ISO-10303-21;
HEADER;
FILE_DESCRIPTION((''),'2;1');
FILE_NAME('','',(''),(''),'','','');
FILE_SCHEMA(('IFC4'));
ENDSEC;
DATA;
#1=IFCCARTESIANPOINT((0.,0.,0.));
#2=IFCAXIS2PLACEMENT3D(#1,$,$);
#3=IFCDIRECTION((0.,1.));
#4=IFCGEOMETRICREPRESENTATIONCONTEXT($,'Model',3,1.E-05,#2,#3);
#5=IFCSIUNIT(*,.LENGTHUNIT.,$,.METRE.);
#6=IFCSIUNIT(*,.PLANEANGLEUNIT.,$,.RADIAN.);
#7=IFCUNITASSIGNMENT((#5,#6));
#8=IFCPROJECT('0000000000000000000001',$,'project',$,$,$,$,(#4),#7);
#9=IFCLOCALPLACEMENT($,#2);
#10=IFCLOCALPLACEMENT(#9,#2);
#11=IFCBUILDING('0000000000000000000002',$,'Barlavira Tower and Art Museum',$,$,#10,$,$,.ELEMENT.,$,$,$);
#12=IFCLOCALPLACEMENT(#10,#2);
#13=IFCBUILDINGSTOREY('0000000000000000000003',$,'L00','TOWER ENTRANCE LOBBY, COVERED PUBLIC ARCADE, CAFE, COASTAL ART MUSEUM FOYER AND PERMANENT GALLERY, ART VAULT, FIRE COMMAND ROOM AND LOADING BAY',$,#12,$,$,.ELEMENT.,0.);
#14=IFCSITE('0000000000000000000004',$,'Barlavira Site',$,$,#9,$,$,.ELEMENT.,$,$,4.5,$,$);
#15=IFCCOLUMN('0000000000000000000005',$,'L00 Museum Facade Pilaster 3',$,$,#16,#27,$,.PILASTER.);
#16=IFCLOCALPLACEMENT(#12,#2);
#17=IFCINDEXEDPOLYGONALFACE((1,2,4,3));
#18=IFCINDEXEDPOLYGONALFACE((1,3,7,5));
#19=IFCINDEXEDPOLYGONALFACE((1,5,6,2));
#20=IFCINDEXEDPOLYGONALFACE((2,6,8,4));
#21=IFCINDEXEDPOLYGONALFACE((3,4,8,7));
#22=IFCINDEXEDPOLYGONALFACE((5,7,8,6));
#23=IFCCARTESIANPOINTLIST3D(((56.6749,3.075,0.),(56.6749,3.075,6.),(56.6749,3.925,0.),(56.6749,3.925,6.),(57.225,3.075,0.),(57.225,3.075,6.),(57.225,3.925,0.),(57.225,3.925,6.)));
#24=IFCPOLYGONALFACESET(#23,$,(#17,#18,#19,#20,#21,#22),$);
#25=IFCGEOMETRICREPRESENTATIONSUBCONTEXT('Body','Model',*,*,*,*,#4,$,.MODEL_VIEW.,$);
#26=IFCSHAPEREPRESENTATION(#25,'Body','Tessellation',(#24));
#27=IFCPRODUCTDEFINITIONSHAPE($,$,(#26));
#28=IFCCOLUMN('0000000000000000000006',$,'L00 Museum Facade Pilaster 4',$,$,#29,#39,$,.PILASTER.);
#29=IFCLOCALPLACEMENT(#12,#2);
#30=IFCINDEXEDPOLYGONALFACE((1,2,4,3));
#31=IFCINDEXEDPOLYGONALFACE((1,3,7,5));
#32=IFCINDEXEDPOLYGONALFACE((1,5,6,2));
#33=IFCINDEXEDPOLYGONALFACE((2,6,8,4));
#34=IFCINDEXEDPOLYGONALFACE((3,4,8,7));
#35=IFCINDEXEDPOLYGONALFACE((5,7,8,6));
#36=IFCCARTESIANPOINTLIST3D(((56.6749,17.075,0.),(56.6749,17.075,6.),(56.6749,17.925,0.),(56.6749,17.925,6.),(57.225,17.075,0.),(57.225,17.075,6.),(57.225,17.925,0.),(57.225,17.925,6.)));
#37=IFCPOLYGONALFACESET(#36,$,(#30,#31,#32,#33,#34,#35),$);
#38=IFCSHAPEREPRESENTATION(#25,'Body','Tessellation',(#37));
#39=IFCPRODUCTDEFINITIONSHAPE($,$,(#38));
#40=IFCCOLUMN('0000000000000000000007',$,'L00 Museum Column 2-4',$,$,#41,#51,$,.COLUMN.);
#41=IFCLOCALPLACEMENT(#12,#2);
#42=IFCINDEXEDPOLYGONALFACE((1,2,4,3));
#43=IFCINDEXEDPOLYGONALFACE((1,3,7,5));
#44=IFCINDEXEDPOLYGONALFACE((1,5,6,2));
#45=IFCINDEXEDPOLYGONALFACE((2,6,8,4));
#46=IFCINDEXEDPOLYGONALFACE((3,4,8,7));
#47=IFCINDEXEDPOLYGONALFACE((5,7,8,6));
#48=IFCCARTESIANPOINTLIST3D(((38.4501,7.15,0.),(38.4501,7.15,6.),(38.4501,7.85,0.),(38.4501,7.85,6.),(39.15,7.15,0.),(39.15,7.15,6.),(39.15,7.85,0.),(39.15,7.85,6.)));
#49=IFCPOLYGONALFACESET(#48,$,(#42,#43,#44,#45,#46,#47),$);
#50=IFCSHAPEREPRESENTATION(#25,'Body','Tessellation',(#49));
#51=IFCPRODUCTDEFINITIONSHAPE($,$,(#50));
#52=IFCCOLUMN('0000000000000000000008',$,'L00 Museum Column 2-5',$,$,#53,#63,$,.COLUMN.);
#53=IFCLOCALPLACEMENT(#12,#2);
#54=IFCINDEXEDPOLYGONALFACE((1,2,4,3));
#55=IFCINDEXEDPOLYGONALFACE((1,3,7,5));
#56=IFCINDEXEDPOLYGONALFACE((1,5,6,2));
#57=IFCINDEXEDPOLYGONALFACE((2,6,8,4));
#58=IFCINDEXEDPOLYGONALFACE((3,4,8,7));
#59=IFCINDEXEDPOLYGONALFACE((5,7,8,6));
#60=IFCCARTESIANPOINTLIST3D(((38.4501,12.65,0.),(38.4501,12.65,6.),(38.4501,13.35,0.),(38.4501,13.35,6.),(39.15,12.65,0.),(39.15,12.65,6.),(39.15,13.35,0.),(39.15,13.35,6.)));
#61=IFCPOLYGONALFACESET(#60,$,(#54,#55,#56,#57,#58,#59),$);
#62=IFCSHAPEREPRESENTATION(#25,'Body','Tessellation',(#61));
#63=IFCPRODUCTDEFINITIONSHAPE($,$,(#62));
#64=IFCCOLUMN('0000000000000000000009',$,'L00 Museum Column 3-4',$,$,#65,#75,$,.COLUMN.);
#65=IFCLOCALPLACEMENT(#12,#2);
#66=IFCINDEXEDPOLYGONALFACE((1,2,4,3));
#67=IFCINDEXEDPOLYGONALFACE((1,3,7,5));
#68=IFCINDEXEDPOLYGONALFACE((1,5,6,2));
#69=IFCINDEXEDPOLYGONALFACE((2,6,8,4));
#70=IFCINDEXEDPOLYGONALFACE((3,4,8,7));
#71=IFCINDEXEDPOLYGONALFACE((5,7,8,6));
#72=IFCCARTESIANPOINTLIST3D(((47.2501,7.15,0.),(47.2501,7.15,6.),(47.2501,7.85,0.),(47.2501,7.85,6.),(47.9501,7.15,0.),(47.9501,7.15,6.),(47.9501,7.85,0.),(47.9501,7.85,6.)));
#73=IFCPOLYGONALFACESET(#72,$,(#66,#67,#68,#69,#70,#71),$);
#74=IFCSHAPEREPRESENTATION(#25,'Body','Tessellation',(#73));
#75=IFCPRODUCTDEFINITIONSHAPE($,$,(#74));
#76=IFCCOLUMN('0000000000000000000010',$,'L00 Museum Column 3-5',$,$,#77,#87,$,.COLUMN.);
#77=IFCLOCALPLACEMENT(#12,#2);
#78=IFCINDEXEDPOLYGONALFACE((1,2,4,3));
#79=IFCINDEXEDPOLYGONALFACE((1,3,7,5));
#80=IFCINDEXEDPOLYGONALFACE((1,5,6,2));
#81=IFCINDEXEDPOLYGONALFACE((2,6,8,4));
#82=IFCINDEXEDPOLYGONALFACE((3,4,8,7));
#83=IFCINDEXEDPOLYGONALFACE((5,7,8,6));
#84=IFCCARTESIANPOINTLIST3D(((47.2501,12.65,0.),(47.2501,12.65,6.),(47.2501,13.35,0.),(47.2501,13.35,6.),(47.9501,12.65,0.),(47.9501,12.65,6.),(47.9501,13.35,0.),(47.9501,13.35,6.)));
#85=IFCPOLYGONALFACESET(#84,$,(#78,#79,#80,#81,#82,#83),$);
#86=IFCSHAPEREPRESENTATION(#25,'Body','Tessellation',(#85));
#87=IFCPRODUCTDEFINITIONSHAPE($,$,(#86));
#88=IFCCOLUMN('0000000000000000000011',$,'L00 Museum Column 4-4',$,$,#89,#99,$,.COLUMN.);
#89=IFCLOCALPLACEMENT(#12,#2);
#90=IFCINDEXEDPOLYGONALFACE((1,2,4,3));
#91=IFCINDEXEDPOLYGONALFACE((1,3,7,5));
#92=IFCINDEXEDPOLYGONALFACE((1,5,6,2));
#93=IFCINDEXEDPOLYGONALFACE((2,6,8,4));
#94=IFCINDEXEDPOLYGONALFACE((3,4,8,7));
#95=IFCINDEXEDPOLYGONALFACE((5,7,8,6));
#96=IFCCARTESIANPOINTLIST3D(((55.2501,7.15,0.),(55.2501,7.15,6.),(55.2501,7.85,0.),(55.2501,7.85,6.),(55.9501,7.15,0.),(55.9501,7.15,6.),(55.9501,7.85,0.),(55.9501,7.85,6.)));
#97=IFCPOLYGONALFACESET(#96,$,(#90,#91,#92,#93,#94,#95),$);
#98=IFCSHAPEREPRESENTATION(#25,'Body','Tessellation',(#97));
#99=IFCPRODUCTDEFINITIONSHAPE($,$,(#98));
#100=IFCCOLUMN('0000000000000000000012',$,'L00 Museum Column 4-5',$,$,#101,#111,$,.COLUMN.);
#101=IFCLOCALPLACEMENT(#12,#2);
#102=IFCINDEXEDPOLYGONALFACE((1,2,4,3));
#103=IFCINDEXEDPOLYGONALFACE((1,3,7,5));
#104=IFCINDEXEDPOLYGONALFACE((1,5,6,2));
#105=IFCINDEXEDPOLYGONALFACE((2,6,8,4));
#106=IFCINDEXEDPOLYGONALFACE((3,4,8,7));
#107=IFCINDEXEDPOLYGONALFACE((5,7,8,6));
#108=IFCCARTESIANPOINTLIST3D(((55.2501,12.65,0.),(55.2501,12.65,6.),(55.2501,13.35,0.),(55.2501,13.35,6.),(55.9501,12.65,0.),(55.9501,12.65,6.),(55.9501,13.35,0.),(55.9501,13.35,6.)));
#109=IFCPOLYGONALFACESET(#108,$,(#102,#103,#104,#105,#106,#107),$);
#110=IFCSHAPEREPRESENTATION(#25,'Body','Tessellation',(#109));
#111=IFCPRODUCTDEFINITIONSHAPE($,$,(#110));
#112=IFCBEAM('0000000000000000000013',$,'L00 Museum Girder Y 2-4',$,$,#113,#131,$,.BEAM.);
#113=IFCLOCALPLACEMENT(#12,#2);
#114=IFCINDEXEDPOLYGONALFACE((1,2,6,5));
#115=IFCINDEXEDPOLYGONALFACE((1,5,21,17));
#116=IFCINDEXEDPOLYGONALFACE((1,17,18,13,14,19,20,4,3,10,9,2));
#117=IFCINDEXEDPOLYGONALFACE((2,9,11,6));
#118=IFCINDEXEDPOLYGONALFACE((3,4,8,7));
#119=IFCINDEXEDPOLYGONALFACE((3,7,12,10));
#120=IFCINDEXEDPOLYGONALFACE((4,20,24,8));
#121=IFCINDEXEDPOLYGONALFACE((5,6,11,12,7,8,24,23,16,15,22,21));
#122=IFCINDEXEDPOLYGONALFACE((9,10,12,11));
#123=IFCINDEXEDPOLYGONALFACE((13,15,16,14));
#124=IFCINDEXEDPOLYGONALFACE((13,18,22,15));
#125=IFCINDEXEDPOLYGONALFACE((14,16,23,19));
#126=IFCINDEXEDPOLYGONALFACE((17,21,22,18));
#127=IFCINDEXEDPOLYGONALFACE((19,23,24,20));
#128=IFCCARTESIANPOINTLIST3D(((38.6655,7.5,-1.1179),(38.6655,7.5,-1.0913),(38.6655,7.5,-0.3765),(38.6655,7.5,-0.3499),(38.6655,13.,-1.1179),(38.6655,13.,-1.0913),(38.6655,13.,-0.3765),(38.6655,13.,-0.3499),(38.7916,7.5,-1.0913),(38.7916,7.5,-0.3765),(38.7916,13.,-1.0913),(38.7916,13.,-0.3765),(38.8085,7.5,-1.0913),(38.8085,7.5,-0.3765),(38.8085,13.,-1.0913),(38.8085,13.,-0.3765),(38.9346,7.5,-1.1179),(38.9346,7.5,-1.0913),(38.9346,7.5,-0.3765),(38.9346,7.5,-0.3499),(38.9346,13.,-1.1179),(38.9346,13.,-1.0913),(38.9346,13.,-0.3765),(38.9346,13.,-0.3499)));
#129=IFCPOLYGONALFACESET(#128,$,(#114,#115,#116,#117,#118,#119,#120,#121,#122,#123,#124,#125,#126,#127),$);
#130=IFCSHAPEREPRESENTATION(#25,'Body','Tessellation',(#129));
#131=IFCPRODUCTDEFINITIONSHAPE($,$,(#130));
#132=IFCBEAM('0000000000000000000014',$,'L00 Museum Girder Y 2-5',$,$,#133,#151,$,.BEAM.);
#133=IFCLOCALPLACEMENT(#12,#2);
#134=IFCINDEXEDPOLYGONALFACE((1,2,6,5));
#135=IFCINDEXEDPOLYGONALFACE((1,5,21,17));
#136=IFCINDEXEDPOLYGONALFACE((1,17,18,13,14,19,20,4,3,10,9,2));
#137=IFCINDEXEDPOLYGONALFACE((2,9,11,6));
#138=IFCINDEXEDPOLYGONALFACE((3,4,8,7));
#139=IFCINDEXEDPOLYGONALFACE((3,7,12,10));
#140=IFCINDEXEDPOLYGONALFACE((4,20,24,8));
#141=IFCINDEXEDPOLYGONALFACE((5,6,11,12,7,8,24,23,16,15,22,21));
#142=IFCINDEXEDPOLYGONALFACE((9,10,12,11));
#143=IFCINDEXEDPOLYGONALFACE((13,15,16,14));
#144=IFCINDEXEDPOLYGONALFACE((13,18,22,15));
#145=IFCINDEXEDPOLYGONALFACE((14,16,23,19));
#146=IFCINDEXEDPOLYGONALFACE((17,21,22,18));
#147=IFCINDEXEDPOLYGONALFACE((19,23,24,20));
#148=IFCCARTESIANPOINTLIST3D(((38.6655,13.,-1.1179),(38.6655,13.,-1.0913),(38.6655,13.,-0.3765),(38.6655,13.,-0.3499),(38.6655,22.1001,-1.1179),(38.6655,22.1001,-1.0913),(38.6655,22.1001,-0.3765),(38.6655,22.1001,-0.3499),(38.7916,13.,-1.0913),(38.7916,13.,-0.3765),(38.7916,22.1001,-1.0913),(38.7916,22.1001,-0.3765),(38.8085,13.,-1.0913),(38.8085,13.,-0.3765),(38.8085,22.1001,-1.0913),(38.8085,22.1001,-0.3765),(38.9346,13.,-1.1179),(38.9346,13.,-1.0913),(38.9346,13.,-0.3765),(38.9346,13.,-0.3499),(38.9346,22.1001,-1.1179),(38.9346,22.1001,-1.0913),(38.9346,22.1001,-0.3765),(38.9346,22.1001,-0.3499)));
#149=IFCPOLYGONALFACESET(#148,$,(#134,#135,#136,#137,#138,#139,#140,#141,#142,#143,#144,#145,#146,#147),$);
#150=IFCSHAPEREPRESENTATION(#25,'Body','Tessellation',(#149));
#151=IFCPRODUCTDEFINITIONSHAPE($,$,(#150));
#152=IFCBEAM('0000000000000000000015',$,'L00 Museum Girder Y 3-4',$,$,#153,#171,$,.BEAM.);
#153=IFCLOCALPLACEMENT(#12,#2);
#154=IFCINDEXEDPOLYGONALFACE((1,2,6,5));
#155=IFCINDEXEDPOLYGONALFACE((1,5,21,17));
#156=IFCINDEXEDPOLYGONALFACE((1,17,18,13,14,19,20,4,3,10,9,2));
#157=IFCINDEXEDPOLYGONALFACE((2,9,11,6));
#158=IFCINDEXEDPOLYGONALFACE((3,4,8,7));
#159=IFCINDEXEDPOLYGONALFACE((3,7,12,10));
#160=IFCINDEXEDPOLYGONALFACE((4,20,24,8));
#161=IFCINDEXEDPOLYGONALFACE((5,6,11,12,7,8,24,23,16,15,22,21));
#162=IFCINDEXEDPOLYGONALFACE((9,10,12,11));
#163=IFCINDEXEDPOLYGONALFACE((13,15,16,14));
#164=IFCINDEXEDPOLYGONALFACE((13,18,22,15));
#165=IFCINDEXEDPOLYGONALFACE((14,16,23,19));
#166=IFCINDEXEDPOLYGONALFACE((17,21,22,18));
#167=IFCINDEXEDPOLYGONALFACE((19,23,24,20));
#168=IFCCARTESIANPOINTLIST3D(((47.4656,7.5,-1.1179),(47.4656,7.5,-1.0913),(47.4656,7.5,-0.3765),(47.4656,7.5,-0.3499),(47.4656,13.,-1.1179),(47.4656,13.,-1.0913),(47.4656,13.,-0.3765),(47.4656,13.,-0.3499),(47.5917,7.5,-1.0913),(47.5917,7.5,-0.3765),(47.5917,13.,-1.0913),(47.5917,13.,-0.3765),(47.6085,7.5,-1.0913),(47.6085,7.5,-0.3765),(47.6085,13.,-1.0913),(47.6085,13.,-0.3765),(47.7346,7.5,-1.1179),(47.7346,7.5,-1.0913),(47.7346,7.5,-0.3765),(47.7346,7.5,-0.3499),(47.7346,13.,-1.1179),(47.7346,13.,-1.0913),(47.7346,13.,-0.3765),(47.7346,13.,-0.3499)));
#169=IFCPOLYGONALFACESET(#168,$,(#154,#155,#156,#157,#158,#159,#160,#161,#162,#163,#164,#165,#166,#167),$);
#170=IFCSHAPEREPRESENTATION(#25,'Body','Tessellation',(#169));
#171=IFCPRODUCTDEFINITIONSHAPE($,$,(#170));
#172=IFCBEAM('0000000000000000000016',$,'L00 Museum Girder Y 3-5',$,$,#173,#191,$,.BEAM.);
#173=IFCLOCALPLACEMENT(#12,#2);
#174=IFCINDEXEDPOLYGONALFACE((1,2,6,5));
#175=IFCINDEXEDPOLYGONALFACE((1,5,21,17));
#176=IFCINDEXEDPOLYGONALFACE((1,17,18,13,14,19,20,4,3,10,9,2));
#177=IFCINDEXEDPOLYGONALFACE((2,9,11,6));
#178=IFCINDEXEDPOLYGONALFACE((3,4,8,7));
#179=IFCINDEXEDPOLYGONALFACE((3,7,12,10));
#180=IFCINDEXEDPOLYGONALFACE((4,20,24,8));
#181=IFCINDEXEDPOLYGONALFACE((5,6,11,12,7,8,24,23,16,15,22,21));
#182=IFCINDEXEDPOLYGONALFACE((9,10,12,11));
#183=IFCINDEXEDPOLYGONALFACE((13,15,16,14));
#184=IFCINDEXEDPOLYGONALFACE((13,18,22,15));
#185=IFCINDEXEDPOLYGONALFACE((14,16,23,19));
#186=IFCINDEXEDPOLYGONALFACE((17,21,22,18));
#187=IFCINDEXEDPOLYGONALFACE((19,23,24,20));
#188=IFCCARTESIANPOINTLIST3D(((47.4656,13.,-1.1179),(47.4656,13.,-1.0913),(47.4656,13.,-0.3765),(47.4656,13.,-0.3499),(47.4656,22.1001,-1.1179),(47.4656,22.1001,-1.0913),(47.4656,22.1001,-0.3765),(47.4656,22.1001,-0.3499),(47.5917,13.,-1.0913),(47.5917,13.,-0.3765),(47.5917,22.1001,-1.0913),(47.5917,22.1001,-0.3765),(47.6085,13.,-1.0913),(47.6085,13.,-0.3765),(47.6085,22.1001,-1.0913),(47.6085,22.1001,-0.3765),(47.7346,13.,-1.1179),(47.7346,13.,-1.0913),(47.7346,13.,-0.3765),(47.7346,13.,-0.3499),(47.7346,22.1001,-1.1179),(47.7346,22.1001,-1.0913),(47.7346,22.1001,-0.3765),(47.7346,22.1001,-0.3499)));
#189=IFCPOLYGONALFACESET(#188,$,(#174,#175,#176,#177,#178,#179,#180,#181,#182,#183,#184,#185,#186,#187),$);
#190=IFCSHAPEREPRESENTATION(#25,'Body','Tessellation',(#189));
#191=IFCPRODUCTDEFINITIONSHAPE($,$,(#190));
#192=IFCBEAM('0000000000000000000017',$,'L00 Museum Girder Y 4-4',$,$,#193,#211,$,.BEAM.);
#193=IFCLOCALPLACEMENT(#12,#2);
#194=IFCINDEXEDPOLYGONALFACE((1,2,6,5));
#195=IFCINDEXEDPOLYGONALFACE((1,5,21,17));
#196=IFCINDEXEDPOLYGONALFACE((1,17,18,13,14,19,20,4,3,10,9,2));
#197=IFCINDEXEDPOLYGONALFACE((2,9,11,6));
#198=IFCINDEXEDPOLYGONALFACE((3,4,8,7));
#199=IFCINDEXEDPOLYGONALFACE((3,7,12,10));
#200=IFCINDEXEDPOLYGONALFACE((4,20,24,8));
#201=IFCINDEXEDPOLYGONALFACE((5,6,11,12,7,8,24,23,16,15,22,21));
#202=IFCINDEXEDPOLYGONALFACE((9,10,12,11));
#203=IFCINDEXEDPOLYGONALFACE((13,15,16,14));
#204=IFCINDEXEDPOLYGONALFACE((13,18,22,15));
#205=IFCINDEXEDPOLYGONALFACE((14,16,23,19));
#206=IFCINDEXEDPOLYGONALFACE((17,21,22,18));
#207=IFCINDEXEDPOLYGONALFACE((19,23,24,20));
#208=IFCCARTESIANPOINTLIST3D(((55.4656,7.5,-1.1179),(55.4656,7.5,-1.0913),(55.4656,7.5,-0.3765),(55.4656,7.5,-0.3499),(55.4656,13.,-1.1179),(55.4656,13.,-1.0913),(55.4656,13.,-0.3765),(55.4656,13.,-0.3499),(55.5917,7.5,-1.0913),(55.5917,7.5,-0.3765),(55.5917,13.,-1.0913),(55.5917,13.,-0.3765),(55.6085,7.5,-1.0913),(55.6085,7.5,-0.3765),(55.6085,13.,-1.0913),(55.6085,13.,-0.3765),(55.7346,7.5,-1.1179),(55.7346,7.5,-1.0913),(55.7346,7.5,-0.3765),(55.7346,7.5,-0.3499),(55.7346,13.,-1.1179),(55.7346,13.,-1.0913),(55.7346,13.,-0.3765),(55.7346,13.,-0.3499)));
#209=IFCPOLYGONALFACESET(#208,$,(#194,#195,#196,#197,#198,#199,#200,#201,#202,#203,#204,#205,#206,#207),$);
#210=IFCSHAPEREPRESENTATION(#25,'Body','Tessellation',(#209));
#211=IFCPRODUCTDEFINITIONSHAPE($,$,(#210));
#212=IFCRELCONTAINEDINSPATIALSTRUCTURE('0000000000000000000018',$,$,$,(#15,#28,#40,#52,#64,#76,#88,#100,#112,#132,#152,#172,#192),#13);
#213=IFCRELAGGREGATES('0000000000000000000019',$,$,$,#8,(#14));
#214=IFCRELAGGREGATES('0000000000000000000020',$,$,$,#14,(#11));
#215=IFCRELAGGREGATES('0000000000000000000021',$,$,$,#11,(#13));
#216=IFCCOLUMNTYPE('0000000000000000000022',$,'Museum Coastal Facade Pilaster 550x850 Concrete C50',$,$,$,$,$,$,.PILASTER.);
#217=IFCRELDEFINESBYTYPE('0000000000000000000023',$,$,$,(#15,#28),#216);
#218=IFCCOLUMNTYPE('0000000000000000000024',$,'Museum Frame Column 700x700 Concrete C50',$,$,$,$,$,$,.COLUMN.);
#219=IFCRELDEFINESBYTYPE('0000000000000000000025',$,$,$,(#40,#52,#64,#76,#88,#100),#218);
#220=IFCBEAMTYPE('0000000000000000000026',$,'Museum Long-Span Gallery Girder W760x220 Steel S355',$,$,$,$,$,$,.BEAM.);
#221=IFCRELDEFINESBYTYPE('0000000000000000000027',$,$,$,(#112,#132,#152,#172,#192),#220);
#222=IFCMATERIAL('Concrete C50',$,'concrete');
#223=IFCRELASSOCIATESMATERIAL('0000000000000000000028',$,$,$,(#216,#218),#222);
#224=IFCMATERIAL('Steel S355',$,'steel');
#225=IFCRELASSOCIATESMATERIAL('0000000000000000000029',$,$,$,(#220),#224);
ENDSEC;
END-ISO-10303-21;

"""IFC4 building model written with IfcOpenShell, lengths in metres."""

from ifc_helpers import new_model, si_unit, direction, frame, origin, origin_2d, place, context, subcontext, project, spatial, rectangle, i_section, extrude, material, material_profile, profile_set, type_object, element, save


model = new_model("IFC4")

# Units and contexts
model_context = context("Model", 3, precision=1e-05, world=origin(), true_north=direction((0.0, 1.0)))
body_context = subcontext(model_context, "Body", "Model", "MODEL_VIEW")
ifc_project = project(units=[si_unit("LENGTHUNIT", "METRE"), si_unit("PLANEANGLEUNIT", "RADIAN")], contexts=[model_context])

# Site, building, storey
site_placement = place(None, origin())
site = spatial("IfcSite", under=ifc_project, at=site_placement, Name="Barlavira Site", CompositionType="ELEMENT", RefElevation=4.5)
building_placement = place(site_placement, origin())
building = spatial("IfcBuilding", under=site, at=building_placement, Name="Barlavira Tower and Art Museum", CompositionType="ELEMENT")
storey_placement = place(building_placement, origin())
storey = spatial("IfcBuildingStorey", under=building, at=storey_placement, Name="L00", Description="TOWER ENTRANCE LOBBY, COVERED PUBLIC ARCADE, CAFE, COASTAL ART MUSEUM FOYER AND PERMANENT GALLERY, ART VAULT, FIRE COMMAND ROOM AND LOADING BAY", CompositionType="ELEMENT", Elevation=0.0)

# Columns
ifc_material_1 = material(Name="Concrete C50", Category="concrete")
ifc_material_profile_1 = material_profile(ifc_material_1, rectangle(XDim=0.55, YDim=0.8501, at=origin_2d()), Name="RC-PIL 550x850")
ifc_profile_set_1 = profile_set([ifc_material_profile_1], Name="Concrete C50")
column_type_1 = type_object("IfcColumnType", Name="Museum Coastal Facade Pilaster 550x850 Concrete C50", PredefinedType="PILASTER", material=ifc_profile_set_1)
for number, where, z_axis, x_axis, name in (
    (1, (56.95, 3.5, 0.0), (0.0, 0.0, 1.0), (1.0, 0.0, 0.0), "L00 Museum Facade Pilaster 3"),
    (2, (56.95, 17.5, 0.0), (0.0, 0.0, 1.0), (1.0, 0.0, 0.0), "L00 Museum Facade Pilaster 4"),
):
    element("IfcColumn", number, at=place(storey_placement, frame(where, z_axis=z_axis, x_axis=x_axis)), inside=storey, type_object=column_type_1, Name=name, PredefinedType="PILASTER", context=body_context, shape_type="SweptSolid", body=[
        extrude(rectangle(XDim=0.55, YDim=0.8501, at=origin_2d()), origin(), (0.0, 0.0, 1.0), 6.0),
    ])
ifc_material_profile_2 = material_profile(ifc_material_1, rectangle(XDim=0.7, YDim=0.7, at=origin_2d()), Name="RC-COL 700x700")
ifc_profile_set_2 = profile_set([ifc_material_profile_2], Name="Concrete C50")
column_type_2 = type_object("IfcColumnType", Name="Museum Frame Column 700x700 Concrete C50", PredefinedType="COLUMN", material=ifc_profile_set_2)
for number, where, z_axis, x_axis, name in (
    (3, (38.8, 7.5, 0.0), (0.0, 0.0, 1.0), (1.0, 0.0, 0.0), "L00 Museum Column 2-4"),
    (4, (38.8, 13.0, 0.0), (0.0, 0.0, 1.0), (1.0, 0.0, 0.0), "L00 Museum Column 2-5"),
    (5, (47.6001, 7.5, 0.0), (0.0, 0.0, 1.0), (1.0, 0.0, 0.0), "L00 Museum Column 3-4"),
    (6, (47.6001, 13.0, 0.0), (0.0, 0.0, 1.0), (1.0, 0.0, 0.0), "L00 Museum Column 3-5"),
    (7, (55.6001, 7.5, 0.0), (0.0, 0.0, 1.0), (1.0, 0.0, 0.0), "L00 Museum Column 4-4"),
    (8, (55.6001, 13.0, 0.0), (0.0, 0.0, 1.0), (1.0, 0.0, 0.0), "L00 Museum Column 4-5"),
):
    element("IfcColumn", number, at=place(storey_placement, frame(where, z_axis=z_axis, x_axis=x_axis)), inside=storey, type_object=column_type_2, Name=name, PredefinedType="COLUMN", context=body_context, shape_type="SweptSolid", body=[
        extrude(rectangle(XDim=0.7, YDim=0.7, at=origin_2d()), origin(), (0.0, 0.0, 1.0), 6.0),
    ])

# Beams
ifc_material_2 = material(Name="Steel S355", Category="steel")
ifc_material_profile_3 = material_profile(ifc_material_2, i_section(OverallWidth=0.269, OverallDepth=0.7681, WebThickness=0.0168, FlangeThickness=0.0266, at=origin_2d()), Name="W760x220.0")
ifc_profile_set_3 = profile_set([ifc_material_profile_3], Name="Steel S355")
beam_type_1 = type_object("IfcBeamType", Name="Museum Long-Span Gallery Girder W760x220 Steel S355", PredefinedType="BEAM", material=ifc_profile_set_3)
beam_1_placement = place(storey_placement, frame((38.8, 7.5, -0.7339), z_axis=(0.0, 1.0, 0.0), x_axis=(-1.0, 0.0, 0.0)))
element("IfcBeam", 9, at=beam_1_placement, inside=storey, type_object=beam_type_1, Name="L00 Museum Girder Y 2-4", PredefinedType="BEAM", context=body_context, shape_type="SweptSolid", body=[
    extrude(i_section(OverallWidth=0.269, OverallDepth=0.7681, WebThickness=0.0168, FlangeThickness=0.0266, at=origin_2d()), origin(), (0.0, 0.0, 1.0), 5.5),
])
beam_2_placement = place(storey_placement, frame((38.8, 13.0, -0.7339), z_axis=(0.0, 1.0, 0.0), x_axis=(-1.0, 0.0, 0.0)))
element("IfcBeam", 10, at=beam_2_placement, inside=storey, type_object=beam_type_1, Name="L00 Museum Girder Y 2-5", PredefinedType="BEAM", context=body_context, shape_type="SweptSolid", body=[
    extrude(i_section(OverallWidth=0.269, OverallDepth=0.7681, WebThickness=0.0168, FlangeThickness=0.0266, at=origin_2d()), origin(), (0.0, 0.0, 1.0), 9.1001),
])
beam_3_placement = place(storey_placement, frame((47.6001, 7.5, -0.7339), z_axis=(0.0, 1.0, 0.0), x_axis=(-1.0, 0.0, 0.0)))
element("IfcBeam", 11, at=beam_3_placement, inside=storey, type_object=beam_type_1, Name="L00 Museum Girder Y 3-4", PredefinedType="BEAM", context=body_context, shape_type="SweptSolid", body=[
    extrude(i_section(OverallWidth=0.269, OverallDepth=0.7681, WebThickness=0.0168, FlangeThickness=0.0266, at=origin_2d()), origin(), (0.0, 0.0, 1.0), 5.5),
])
beam_4_placement = place(storey_placement, frame((47.6001, 13.0, -0.7339), z_axis=(0.0, 1.0, 0.0), x_axis=(-1.0, 0.0, 0.0)))
element("IfcBeam", 12, at=beam_4_placement, inside=storey, type_object=beam_type_1, Name="L00 Museum Girder Y 3-5", PredefinedType="BEAM", context=body_context, shape_type="SweptSolid", body=[
    extrude(i_section(OverallWidth=0.269, OverallDepth=0.7681, WebThickness=0.0168, FlangeThickness=0.0266, at=origin_2d()), origin(), (0.0, 0.0, 1.0), 9.1001),
])
beam_5_placement = place(storey_placement, frame((55.6001, 7.5, -0.7339), z_axis=(0.0, 1.0, 0.0), x_axis=(-1.0, 0.0, 0.0)))
element("IfcBeam", 13, at=beam_5_placement, inside=storey, type_object=beam_type_1, Name="L00 Museum Girder Y 4-4", PredefinedType="BEAM", context=body_context, shape_type="SweptSolid", body=[
    extrude(i_section(OverallWidth=0.269, OverallDepth=0.7681, WebThickness=0.0168, FlangeThickness=0.0266, at=origin_2d()), origin(), (0.0, 0.0, 1.0), 5.5),
])

save(model, "model.ifc")
